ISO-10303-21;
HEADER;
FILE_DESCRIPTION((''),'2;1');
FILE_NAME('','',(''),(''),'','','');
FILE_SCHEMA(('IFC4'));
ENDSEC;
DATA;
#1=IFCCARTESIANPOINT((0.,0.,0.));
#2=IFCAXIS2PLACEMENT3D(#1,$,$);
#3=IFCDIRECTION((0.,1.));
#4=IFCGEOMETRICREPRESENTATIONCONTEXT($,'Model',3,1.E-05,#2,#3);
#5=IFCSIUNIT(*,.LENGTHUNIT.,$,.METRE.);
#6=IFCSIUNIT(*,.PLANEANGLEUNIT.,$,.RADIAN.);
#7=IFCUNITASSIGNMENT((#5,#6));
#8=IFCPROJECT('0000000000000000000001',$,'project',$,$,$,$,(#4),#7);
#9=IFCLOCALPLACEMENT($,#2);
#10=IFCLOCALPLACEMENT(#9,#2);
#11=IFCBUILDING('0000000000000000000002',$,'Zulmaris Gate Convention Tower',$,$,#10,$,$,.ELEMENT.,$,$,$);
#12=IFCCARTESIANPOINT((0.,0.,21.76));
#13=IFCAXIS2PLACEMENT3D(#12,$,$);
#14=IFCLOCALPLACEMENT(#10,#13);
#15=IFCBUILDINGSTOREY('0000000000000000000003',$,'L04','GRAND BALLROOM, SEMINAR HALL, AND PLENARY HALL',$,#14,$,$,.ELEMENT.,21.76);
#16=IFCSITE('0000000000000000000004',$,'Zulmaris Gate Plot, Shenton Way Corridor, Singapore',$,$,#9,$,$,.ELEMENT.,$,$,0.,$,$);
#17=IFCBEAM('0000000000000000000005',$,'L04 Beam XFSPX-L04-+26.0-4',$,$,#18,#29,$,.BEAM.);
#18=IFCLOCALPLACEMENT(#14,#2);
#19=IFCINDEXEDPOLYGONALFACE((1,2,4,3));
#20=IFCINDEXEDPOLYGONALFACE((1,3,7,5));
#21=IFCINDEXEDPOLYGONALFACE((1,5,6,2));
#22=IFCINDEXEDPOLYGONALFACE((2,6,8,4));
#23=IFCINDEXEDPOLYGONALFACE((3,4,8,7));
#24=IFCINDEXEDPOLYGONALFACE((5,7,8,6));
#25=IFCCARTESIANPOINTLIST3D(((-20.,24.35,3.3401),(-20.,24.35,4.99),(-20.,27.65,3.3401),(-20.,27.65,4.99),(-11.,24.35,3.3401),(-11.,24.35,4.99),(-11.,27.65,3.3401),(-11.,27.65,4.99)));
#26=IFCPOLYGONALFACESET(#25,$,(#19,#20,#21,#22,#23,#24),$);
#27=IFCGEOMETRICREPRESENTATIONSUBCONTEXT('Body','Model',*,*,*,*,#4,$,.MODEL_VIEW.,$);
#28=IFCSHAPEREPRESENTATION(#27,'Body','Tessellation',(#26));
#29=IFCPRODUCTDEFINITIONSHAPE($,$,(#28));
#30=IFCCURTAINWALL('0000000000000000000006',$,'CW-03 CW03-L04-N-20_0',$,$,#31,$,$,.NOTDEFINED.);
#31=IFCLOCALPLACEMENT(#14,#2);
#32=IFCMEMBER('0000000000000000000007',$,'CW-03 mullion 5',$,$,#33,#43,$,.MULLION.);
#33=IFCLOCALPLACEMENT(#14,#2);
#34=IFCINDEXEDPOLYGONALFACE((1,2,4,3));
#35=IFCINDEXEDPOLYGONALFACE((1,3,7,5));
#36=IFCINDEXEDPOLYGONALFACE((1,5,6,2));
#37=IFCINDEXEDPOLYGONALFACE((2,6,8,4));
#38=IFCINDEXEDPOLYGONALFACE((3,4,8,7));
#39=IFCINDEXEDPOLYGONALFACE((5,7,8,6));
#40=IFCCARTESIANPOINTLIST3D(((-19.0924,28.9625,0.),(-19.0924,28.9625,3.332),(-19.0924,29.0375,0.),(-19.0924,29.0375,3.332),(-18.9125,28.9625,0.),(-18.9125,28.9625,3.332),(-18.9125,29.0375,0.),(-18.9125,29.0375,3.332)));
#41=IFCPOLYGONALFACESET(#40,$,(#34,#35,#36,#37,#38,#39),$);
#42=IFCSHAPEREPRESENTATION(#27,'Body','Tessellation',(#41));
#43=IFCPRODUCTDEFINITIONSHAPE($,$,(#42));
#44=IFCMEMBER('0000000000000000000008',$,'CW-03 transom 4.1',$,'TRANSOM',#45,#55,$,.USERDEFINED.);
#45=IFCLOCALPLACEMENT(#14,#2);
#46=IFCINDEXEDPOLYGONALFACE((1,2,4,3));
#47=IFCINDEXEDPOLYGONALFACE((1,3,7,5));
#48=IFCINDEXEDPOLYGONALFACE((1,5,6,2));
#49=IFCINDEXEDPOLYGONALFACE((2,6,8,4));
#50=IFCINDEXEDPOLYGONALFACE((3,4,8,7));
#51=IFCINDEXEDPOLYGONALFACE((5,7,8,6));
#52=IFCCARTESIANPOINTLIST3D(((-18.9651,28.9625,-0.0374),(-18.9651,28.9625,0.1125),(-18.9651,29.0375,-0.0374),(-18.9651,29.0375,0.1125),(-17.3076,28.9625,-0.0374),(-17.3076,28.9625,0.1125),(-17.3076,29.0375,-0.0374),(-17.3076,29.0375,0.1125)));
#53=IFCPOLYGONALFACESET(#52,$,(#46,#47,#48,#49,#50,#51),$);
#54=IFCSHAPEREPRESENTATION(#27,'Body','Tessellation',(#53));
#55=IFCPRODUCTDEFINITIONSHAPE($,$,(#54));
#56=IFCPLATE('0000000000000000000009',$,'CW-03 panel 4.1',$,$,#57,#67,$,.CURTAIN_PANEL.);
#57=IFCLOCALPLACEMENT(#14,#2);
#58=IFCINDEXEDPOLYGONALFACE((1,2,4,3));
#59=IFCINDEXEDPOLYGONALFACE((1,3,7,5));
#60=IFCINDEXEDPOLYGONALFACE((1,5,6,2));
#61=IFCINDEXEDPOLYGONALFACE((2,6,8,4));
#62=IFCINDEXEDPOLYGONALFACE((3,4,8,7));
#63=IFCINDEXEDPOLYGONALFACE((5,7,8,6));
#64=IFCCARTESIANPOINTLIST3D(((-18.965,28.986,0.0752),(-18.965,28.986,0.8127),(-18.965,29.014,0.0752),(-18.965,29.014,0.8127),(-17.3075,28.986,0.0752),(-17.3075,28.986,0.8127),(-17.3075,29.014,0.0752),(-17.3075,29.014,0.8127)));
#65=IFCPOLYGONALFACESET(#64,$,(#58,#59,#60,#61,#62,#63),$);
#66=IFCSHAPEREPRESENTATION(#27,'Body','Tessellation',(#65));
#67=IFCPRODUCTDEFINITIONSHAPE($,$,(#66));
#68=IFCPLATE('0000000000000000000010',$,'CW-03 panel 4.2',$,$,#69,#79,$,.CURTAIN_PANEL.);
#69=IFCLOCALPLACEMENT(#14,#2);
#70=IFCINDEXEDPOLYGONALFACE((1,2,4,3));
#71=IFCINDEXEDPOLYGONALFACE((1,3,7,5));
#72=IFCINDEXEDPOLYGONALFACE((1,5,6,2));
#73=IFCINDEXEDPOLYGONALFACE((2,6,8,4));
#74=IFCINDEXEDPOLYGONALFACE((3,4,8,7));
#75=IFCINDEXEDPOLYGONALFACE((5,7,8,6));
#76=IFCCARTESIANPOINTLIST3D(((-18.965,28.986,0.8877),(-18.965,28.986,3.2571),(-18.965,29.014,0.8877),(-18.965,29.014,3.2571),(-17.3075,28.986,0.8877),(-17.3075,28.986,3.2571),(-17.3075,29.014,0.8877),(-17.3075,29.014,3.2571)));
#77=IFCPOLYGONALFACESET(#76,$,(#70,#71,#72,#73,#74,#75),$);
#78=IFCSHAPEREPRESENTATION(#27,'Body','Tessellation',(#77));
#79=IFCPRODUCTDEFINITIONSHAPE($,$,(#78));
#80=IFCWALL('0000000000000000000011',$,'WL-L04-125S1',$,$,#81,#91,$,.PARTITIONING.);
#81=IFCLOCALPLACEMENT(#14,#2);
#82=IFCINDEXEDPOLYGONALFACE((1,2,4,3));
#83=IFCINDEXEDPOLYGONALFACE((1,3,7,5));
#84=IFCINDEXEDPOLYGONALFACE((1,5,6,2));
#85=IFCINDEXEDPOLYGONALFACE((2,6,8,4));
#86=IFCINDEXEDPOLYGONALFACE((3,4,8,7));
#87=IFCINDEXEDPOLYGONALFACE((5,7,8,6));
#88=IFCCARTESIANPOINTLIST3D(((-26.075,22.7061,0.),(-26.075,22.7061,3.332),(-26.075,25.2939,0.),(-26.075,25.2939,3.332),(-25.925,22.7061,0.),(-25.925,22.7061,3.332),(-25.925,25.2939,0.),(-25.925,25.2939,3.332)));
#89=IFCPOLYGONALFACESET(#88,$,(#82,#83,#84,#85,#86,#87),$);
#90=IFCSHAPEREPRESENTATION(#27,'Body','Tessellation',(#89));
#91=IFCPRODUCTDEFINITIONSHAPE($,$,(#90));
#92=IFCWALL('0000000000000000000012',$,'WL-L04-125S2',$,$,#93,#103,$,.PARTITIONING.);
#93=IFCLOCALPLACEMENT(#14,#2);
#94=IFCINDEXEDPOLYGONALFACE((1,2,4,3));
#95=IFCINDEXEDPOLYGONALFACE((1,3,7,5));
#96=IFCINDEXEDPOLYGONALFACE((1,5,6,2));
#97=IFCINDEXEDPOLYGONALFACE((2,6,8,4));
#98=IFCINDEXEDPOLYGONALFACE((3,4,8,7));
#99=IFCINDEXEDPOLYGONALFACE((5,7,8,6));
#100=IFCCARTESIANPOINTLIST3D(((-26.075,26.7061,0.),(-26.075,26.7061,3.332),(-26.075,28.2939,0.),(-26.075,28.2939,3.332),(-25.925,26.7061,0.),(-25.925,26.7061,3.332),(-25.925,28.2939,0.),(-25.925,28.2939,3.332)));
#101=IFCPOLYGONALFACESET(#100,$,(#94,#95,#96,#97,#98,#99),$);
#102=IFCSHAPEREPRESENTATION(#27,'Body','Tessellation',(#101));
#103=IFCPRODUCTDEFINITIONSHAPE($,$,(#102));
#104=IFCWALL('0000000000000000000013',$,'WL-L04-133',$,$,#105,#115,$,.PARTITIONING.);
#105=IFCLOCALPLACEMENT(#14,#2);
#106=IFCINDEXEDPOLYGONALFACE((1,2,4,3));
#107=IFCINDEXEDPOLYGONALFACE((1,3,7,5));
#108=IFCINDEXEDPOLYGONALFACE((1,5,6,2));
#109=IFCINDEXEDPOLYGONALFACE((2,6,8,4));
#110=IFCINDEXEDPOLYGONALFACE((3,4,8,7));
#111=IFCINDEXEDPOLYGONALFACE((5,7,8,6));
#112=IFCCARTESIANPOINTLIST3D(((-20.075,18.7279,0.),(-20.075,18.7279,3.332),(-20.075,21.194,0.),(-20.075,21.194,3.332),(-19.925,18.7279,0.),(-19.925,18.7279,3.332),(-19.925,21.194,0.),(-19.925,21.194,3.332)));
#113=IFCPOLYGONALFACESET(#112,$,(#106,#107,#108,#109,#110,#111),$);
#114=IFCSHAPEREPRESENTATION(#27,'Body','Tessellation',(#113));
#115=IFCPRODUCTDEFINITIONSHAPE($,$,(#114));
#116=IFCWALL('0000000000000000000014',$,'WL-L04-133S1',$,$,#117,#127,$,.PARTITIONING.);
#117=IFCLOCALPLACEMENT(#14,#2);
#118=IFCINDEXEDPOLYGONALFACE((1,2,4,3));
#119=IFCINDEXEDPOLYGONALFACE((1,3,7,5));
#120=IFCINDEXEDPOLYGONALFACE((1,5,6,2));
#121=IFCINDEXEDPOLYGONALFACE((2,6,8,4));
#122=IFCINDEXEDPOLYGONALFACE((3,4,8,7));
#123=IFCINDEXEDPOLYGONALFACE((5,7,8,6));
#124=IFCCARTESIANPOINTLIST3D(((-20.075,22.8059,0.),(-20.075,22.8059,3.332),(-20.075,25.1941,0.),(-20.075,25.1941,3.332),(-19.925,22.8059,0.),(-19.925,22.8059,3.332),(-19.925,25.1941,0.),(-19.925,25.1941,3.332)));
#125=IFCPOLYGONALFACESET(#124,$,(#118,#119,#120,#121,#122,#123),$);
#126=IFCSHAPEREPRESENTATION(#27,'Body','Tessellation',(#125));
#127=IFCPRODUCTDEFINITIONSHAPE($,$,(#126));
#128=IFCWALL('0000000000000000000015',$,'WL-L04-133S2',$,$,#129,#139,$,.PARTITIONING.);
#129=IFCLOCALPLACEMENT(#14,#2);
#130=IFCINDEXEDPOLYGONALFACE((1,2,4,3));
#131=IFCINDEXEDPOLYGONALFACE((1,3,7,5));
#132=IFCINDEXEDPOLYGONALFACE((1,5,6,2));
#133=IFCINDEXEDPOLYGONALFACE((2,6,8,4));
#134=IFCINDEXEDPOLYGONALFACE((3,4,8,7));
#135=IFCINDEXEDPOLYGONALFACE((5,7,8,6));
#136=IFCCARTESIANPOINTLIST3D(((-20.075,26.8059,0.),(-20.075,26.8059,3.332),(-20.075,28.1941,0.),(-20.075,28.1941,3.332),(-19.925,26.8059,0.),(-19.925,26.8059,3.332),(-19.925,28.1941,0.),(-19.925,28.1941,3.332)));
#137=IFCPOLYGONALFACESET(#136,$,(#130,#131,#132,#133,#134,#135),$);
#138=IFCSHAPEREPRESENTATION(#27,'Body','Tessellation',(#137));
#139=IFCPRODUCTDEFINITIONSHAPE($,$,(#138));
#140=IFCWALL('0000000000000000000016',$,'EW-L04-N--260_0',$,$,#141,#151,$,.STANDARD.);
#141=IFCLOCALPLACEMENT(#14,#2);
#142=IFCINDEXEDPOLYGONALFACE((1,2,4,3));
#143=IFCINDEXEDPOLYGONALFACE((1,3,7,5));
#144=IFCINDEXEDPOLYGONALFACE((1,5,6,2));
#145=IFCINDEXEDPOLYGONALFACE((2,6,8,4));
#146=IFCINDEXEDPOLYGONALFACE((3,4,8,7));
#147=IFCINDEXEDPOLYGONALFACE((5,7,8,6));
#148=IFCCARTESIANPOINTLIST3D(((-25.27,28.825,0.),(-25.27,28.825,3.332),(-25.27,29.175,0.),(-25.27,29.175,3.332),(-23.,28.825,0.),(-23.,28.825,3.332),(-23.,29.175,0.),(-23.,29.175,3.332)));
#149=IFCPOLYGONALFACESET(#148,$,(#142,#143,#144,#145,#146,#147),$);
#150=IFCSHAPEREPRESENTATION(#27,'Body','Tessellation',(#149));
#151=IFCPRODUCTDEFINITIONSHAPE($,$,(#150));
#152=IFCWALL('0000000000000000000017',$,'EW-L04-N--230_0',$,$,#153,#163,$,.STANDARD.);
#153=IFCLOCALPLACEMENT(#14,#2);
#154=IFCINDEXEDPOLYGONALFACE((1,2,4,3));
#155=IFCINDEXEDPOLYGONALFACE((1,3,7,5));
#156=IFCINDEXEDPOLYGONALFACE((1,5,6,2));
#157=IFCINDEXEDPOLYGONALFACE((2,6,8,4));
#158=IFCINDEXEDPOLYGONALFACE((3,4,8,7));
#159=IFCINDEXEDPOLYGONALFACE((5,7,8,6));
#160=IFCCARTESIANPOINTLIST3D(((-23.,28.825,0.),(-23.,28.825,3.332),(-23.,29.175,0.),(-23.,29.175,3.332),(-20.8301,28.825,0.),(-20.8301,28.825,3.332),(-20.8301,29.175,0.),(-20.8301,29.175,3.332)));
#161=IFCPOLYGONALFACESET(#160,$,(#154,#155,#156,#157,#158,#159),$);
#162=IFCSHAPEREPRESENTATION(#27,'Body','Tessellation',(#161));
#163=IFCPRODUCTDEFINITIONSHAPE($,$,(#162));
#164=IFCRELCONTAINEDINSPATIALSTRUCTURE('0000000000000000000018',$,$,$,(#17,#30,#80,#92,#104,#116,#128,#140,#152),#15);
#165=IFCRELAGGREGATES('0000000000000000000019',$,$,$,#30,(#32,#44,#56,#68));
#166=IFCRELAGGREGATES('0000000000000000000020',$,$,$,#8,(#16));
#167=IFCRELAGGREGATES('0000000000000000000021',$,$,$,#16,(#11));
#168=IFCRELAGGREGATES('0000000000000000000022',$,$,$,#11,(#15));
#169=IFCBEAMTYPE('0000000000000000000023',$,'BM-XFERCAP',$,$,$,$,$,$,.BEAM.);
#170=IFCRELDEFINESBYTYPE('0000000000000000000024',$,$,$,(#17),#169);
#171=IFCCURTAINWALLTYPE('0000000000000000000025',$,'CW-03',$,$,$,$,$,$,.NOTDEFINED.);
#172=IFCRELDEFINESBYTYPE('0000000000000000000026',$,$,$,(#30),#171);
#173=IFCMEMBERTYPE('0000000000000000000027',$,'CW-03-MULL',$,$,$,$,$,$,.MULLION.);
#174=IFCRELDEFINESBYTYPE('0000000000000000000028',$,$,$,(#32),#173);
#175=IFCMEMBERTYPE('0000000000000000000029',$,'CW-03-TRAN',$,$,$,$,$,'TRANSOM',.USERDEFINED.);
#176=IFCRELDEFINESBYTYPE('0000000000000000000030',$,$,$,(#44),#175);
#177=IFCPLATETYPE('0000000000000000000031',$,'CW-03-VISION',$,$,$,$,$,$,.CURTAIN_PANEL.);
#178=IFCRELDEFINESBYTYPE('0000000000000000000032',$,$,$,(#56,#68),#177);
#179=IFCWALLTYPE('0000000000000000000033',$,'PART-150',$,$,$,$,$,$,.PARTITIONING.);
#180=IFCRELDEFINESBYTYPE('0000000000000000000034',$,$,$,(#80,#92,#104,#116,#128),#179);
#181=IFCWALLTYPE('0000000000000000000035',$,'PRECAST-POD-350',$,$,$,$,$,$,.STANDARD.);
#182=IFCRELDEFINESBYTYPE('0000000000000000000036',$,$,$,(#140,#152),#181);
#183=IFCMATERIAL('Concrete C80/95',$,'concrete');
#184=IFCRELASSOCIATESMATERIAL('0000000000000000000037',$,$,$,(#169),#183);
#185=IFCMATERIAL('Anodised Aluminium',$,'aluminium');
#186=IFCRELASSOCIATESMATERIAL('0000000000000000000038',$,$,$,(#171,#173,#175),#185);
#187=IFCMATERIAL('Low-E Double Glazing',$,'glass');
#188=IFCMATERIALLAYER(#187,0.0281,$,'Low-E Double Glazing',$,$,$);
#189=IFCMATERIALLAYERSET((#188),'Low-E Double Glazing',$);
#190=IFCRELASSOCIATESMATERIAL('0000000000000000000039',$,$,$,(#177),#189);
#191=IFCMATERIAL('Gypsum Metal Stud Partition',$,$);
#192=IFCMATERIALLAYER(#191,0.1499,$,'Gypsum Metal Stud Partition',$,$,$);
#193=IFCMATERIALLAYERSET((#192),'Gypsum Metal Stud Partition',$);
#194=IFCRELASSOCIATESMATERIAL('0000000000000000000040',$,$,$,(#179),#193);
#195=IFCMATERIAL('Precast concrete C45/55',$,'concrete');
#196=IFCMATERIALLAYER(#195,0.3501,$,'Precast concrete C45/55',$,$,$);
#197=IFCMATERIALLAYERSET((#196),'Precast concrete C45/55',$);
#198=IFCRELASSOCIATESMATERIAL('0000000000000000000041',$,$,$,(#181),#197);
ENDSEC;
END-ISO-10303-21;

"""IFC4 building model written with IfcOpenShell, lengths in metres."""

from ifc_helpers import new_model, si_unit, direction, frame, frame_2d, origin, origin_2d, place, context, subcontext, project, spatial, rectangle, extrude, material, layer, layer_set, material_profile, profile_set, type_object, element, aggregate, save


model = new_model("IFC4")

# Units and contexts
model_context = context("Model", 3, precision=1e-05, world=origin(), true_north=direction((0.0, 1.0)))
body_context = subcontext(model_context, "Body", "Model", "MODEL_VIEW")
ifc_project = project(units=[si_unit("LENGTHUNIT", "METRE"), si_unit("PLANEANGLEUNIT", "RADIAN")], contexts=[model_context])

# Site, building, storey
site_placement = place(None, origin())
site = spatial("IfcSite", under=ifc_project, at=site_placement, Name="Zulmaris Gate Plot, Shenton Way Corridor, Singapore", CompositionType="ELEMENT", RefElevation=0.0)
building_placement = place(site_placement, origin())
building = spatial("IfcBuilding", under=site, at=building_placement, Name="Zulmaris Gate Convention Tower", CompositionType="ELEMENT")
storey_placement = place(building_placement, frame((0.0, 0.0, 21.76)))
storey = spatial("IfcBuildingStorey", under=building, at=storey_placement, Name="L04", Description="GRAND BALLROOM, SEMINAR HALL, AND PLENARY HALL", CompositionType="ELEMENT", Elevation=21.76)

# Shared definitions
ifc_material_1 = material(Name="Concrete C80/95", Category="concrete")

# Beam
ifc_material_profile_1 = material_profile(ifc_material_1, rectangle(XDim=3.3, YDim=1.6499, at=origin_2d()), Name="RC TRANSFER 3300x1650")
ifc_profile_set_1 = profile_set([ifc_material_profile_1], Name="Concrete C80/95")
beam_type_1 = type_object("IfcBeamType", Name="BM-XFERCAP", PredefinedType="BEAM", material=ifc_profile_set_1)
beam_1_placement = place(storey_placement, frame((-20.0, 26.0, 4.165), z_axis=(1.0, 0.0, 0.0), x_axis=(0.0, 1.0, 0.0)))
element("IfcBeam", 1, at=beam_1_placement, inside=storey, type_object=beam_type_1, Name="L04 Beam XFSPX-L04-+26.0-4", PredefinedType="BEAM", context=body_context, shape_type="SweptSolid", body=[
    extrude(rectangle(XDim=3.3, YDim=1.6499, at=origin_2d()), origin(), (0.0, 0.0, 1.0), 9.0),
])

# Curtain wall, members, plates
ifc_material_2 = material(Name="Anodised Aluminium", Category="aluminium")
curtain_wall_type = type_object("IfcCurtainWallType", Name="CW-03", PredefinedType="NOTDEFINED", material=ifc_material_2)
curtain_wall_placement = place(storey_placement, origin())
curtain_wall = element("IfcCurtainWall", 2, at=curtain_wall_placement, inside=storey, type_object=curtain_wall_type, Name="CW-03 CW03-L04-N-20_0", PredefinedType="NOTDEFINED")
ifc_material_profile_2 = material_profile(ifc_material_2, rectangle(XDim=0.075, YDim=0.1799, at=origin_2d()), Name="ALU MULLION 75x180")
ifc_profile_set_2 = profile_set([ifc_material_profile_2], Name="Anodised Aluminium")
member_type_1 = type_object("IfcMemberType", Name="CW-03-MULL", PredefinedType="MULLION", material=ifc_profile_set_2)
member_1_placement = place(storey_placement, frame((-19.0024, 29.0, 0.0), z_axis=(0.0, 0.0, 1.0), x_axis=(0.0, -1.0, 0.0)))
member_1 = element("IfcMember", 3, at=member_1_placement, type_object=member_type_1, Name="CW-03 mullion 5", PredefinedType="MULLION", context=body_context, shape_type="SweptSolid", body=[
    extrude(rectangle(XDim=0.075, YDim=0.1799, at=origin_2d()), origin(), (0.0, 0.0, 1.0), 3.332),
])
ifc_material_profile_3 = material_profile(ifc_material_2, rectangle(XDim=0.075, YDim=0.1499, at=origin_2d()), Name="ALU TRANSOM 75x150")
ifc_profile_set_3 = profile_set([ifc_material_profile_3], Name="Anodised Aluminium")
member_type_2 = type_object("IfcMemberType", Name="CW-03-TRAN", ElementType="TRANSOM", PredefinedType="USERDEFINED", material=ifc_profile_set_3)
member_2_placement = place(storey_placement, frame((-17.3076, 29.0, 0.0376), z_axis=(-1.0, 0.0, 0.0), x_axis=(0.0, -1.0, 0.0)))
member_2 = element("IfcMember", 4, at=member_2_placement, type_object=member_type_2, Name="CW-03 transom 4.1", ObjectType="TRANSOM", PredefinedType="USERDEFINED", context=body_context, shape_type="SweptSolid", body=[
    extrude(rectangle(XDim=0.075, YDim=0.1499, at=origin_2d()), origin(), (0.0, 0.0, 1.0), 1.6575),
])
ifc_material_3 = material(Name="Low-E Double Glazing", Category="glass")
ifc_layer_1 = layer(ifc_material_3, 0.0281, Name="Low-E Double Glazing")
ifc_layer_set_1 = layer_set([ifc_layer_1], Name="Low-E Double Glazing")
plate_type = type_object("IfcPlateType", Name="CW-03-VISION", PredefinedType="CURTAIN_PANEL", material=ifc_layer_set_1)
plate_1_placement = place(storey_placement, frame((-18.1362, 29.0, 0.0752), z_axis=(0.0, 0.0, 1.0), x_axis=(-1.0, 0.0, 0.0)))
plate_1 = element("IfcPlate", 5, at=plate_1_placement, type_object=plate_type, Name="CW-03 panel 4.1", PredefinedType="CURTAIN_PANEL", context=body_context, shape_type="SweptSolid", body=[
    extrude(rectangle(XDim=1.6575, YDim=0.0281, at=origin_2d()), origin(), (0.0, 0.0, 1.0), 0.7375),
])
plate_2_placement = place(storey_placement, frame((-18.1362, 29.0, 0.8877), z_axis=(0.0, 0.0, 1.0), x_axis=(-1.0, 0.0, 0.0)))
plate_2 = element("IfcPlate", 6, at=plate_2_placement, type_object=plate_type, Name="CW-03 panel 4.2", PredefinedType="CURTAIN_PANEL", context=body_context, shape_type="SweptSolid", body=[
    extrude(rectangle(XDim=1.6575, YDim=0.0281, at=origin_2d()), origin(), (0.0, 0.0, 1.0), 2.3694),
])
aggregate(curtain_wall, [member_1, member_2, plate_1, plate_2])

# Walls
ifc_material_4 = material(Name="Gypsum Metal Stud Partition")
ifc_layer_2 = layer(ifc_material_4, 0.1499, Name="Gypsum Metal Stud Partition")
ifc_layer_set_2 = layer_set([ifc_layer_2], Name="Gypsum Metal Stud Partition")
wall_type_1 = type_object("IfcWallType", Name="PART-150", PredefinedType="PARTITIONING", material=ifc_layer_set_2)
wall_1_placement = place(storey_placement, frame((-26.0, 22.7061, 0.0), z_axis=(0.0, 0.0, 1.0), x_axis=(0.0, 1.0, 0.0)))
element("IfcWall", 7, at=wall_1_placement, inside=storey, type_object=wall_type_1, Name="WL-L04-125S1", PredefinedType="PARTITIONING", context=body_context, shape_type="SweptSolid", body=[
    extrude(rectangle(XDim=2.5879, YDim=0.1499, at=frame_2d((1.2939, 0.0))), origin(), (0.0, 0.0, 1.0), 3.332),
])
wall_2_placement = place(storey_placement, frame((-26.0, 26.7061, 0.0), z_axis=(0.0, 0.0, 1.0), x_axis=(0.0, 1.0, 0.0)))
element("IfcWall", 8, at=wall_2_placement, inside=storey, type_object=wall_type_1, Name="WL-L04-125S2", PredefinedType="PARTITIONING", context=body_context, shape_type="SweptSolid", body=[
    extrude(rectangle(XDim=1.5879, YDim=0.1499, at=frame_2d((0.7939, 0.0))), origin(), (0.0, 0.0, 1.0), 3.332),
])
wall_3_placement = place(storey_placement, frame((-20.0, 18.728, 0.0), z_axis=(0.0, 0.0, 1.0), x_axis=(0.0, 1.0, 0.0)))
element("IfcWall", 9, at=wall_3_placement, inside=storey, type_object=wall_type_1, Name="WL-L04-133", PredefinedType="PARTITIONING", context=body_context, shape_type="SweptSolid", body=[
    extrude(rectangle(XDim=2.4661, YDim=0.1499, at=frame_2d((1.2329, 0.0))), origin(), (0.0, 0.0, 1.0), 3.332),
])
wall_4_placement = place(storey_placement, frame((-20.0, 22.8059, 0.0), z_axis=(0.0, 0.0, 1.0), x_axis=(0.0, 1.0, 0.0)))
element("IfcWall", 10, at=wall_4_placement, inside=storey, type_object=wall_type_1, Name="WL-L04-133S1", PredefinedType="PARTITIONING", context=body_context, shape_type="SweptSolid", body=[
    extrude(rectangle(XDim=2.3882, YDim=0.1499, at=frame_2d((1.1941, 0.0))), origin(), (0.0, 0.0, 1.0), 3.332),
])
wall_5_placement = place(storey_placement, frame((-20.0, 26.8059, 0.0), z_axis=(0.0, 0.0, 1.0), x_axis=(0.0, 1.0, 0.0)))
element("IfcWall", 11, at=wall_5_placement, inside=storey, type_object=wall_type_1, Name="WL-L04-133S2", PredefinedType="PARTITIONING", context=body_context, shape_type="SweptSolid", body=[
    extrude(rectangle(XDim=1.3882, YDim=0.1499, at=frame_2d((0.6941, 0.0))), origin(), (0.0, 0.0, 1.0), 3.332),
])
ifc_material_5 = material(Name="Precast concrete C45/55", Category="concrete")
ifc_layer_3 = layer(ifc_material_5, 0.3501, Name="Precast concrete C45/55")
ifc_layer_set_3 = layer_set([ifc_layer_3], Name="Precast concrete C45/55")
wall_type_2 = type_object("IfcWallType", Name="PRECAST-POD-350", PredefinedType="STANDARD", material=ifc_layer_set_3)
wall_6_placement = place(storey_placement, frame((-23.0, 29.0, 0.0), z_axis=(0.0, 0.0, 1.0), x_axis=(-1.0, 0.0, 0.0)))
element("IfcWall", 12, at=wall_6_placement, inside=storey, type_object=wall_type_2, Name="EW-L04-N--260_0", PredefinedType="STANDARD", context=body_context, shape_type="SweptSolid", body=[
    extrude(rectangle(XDim=2.27, YDim=0.3501, at=frame_2d((1.135, 0.0))), origin(), (0.0, 0.0, 1.0), 3.332),
])
wall_7_placement = place(storey_placement, frame((-20.8301, 29.0, 0.0), z_axis=(0.0, 0.0, 1.0), x_axis=(-1.0, 0.0, 0.0)))
element("IfcWall", 13, at=wall_7_placement, inside=storey, type_object=wall_type_2, Name="EW-L04-N--230_0", PredefinedType="STANDARD", context=body_context, shape_type="SweptSolid", body=[
    extrude(rectangle(XDim=2.1699, YDim=0.3501, at=frame_2d((1.085, 0.0))), origin(), (0.0, 0.0, 1.0), 3.332),
])

save(model, "model.ifc")
